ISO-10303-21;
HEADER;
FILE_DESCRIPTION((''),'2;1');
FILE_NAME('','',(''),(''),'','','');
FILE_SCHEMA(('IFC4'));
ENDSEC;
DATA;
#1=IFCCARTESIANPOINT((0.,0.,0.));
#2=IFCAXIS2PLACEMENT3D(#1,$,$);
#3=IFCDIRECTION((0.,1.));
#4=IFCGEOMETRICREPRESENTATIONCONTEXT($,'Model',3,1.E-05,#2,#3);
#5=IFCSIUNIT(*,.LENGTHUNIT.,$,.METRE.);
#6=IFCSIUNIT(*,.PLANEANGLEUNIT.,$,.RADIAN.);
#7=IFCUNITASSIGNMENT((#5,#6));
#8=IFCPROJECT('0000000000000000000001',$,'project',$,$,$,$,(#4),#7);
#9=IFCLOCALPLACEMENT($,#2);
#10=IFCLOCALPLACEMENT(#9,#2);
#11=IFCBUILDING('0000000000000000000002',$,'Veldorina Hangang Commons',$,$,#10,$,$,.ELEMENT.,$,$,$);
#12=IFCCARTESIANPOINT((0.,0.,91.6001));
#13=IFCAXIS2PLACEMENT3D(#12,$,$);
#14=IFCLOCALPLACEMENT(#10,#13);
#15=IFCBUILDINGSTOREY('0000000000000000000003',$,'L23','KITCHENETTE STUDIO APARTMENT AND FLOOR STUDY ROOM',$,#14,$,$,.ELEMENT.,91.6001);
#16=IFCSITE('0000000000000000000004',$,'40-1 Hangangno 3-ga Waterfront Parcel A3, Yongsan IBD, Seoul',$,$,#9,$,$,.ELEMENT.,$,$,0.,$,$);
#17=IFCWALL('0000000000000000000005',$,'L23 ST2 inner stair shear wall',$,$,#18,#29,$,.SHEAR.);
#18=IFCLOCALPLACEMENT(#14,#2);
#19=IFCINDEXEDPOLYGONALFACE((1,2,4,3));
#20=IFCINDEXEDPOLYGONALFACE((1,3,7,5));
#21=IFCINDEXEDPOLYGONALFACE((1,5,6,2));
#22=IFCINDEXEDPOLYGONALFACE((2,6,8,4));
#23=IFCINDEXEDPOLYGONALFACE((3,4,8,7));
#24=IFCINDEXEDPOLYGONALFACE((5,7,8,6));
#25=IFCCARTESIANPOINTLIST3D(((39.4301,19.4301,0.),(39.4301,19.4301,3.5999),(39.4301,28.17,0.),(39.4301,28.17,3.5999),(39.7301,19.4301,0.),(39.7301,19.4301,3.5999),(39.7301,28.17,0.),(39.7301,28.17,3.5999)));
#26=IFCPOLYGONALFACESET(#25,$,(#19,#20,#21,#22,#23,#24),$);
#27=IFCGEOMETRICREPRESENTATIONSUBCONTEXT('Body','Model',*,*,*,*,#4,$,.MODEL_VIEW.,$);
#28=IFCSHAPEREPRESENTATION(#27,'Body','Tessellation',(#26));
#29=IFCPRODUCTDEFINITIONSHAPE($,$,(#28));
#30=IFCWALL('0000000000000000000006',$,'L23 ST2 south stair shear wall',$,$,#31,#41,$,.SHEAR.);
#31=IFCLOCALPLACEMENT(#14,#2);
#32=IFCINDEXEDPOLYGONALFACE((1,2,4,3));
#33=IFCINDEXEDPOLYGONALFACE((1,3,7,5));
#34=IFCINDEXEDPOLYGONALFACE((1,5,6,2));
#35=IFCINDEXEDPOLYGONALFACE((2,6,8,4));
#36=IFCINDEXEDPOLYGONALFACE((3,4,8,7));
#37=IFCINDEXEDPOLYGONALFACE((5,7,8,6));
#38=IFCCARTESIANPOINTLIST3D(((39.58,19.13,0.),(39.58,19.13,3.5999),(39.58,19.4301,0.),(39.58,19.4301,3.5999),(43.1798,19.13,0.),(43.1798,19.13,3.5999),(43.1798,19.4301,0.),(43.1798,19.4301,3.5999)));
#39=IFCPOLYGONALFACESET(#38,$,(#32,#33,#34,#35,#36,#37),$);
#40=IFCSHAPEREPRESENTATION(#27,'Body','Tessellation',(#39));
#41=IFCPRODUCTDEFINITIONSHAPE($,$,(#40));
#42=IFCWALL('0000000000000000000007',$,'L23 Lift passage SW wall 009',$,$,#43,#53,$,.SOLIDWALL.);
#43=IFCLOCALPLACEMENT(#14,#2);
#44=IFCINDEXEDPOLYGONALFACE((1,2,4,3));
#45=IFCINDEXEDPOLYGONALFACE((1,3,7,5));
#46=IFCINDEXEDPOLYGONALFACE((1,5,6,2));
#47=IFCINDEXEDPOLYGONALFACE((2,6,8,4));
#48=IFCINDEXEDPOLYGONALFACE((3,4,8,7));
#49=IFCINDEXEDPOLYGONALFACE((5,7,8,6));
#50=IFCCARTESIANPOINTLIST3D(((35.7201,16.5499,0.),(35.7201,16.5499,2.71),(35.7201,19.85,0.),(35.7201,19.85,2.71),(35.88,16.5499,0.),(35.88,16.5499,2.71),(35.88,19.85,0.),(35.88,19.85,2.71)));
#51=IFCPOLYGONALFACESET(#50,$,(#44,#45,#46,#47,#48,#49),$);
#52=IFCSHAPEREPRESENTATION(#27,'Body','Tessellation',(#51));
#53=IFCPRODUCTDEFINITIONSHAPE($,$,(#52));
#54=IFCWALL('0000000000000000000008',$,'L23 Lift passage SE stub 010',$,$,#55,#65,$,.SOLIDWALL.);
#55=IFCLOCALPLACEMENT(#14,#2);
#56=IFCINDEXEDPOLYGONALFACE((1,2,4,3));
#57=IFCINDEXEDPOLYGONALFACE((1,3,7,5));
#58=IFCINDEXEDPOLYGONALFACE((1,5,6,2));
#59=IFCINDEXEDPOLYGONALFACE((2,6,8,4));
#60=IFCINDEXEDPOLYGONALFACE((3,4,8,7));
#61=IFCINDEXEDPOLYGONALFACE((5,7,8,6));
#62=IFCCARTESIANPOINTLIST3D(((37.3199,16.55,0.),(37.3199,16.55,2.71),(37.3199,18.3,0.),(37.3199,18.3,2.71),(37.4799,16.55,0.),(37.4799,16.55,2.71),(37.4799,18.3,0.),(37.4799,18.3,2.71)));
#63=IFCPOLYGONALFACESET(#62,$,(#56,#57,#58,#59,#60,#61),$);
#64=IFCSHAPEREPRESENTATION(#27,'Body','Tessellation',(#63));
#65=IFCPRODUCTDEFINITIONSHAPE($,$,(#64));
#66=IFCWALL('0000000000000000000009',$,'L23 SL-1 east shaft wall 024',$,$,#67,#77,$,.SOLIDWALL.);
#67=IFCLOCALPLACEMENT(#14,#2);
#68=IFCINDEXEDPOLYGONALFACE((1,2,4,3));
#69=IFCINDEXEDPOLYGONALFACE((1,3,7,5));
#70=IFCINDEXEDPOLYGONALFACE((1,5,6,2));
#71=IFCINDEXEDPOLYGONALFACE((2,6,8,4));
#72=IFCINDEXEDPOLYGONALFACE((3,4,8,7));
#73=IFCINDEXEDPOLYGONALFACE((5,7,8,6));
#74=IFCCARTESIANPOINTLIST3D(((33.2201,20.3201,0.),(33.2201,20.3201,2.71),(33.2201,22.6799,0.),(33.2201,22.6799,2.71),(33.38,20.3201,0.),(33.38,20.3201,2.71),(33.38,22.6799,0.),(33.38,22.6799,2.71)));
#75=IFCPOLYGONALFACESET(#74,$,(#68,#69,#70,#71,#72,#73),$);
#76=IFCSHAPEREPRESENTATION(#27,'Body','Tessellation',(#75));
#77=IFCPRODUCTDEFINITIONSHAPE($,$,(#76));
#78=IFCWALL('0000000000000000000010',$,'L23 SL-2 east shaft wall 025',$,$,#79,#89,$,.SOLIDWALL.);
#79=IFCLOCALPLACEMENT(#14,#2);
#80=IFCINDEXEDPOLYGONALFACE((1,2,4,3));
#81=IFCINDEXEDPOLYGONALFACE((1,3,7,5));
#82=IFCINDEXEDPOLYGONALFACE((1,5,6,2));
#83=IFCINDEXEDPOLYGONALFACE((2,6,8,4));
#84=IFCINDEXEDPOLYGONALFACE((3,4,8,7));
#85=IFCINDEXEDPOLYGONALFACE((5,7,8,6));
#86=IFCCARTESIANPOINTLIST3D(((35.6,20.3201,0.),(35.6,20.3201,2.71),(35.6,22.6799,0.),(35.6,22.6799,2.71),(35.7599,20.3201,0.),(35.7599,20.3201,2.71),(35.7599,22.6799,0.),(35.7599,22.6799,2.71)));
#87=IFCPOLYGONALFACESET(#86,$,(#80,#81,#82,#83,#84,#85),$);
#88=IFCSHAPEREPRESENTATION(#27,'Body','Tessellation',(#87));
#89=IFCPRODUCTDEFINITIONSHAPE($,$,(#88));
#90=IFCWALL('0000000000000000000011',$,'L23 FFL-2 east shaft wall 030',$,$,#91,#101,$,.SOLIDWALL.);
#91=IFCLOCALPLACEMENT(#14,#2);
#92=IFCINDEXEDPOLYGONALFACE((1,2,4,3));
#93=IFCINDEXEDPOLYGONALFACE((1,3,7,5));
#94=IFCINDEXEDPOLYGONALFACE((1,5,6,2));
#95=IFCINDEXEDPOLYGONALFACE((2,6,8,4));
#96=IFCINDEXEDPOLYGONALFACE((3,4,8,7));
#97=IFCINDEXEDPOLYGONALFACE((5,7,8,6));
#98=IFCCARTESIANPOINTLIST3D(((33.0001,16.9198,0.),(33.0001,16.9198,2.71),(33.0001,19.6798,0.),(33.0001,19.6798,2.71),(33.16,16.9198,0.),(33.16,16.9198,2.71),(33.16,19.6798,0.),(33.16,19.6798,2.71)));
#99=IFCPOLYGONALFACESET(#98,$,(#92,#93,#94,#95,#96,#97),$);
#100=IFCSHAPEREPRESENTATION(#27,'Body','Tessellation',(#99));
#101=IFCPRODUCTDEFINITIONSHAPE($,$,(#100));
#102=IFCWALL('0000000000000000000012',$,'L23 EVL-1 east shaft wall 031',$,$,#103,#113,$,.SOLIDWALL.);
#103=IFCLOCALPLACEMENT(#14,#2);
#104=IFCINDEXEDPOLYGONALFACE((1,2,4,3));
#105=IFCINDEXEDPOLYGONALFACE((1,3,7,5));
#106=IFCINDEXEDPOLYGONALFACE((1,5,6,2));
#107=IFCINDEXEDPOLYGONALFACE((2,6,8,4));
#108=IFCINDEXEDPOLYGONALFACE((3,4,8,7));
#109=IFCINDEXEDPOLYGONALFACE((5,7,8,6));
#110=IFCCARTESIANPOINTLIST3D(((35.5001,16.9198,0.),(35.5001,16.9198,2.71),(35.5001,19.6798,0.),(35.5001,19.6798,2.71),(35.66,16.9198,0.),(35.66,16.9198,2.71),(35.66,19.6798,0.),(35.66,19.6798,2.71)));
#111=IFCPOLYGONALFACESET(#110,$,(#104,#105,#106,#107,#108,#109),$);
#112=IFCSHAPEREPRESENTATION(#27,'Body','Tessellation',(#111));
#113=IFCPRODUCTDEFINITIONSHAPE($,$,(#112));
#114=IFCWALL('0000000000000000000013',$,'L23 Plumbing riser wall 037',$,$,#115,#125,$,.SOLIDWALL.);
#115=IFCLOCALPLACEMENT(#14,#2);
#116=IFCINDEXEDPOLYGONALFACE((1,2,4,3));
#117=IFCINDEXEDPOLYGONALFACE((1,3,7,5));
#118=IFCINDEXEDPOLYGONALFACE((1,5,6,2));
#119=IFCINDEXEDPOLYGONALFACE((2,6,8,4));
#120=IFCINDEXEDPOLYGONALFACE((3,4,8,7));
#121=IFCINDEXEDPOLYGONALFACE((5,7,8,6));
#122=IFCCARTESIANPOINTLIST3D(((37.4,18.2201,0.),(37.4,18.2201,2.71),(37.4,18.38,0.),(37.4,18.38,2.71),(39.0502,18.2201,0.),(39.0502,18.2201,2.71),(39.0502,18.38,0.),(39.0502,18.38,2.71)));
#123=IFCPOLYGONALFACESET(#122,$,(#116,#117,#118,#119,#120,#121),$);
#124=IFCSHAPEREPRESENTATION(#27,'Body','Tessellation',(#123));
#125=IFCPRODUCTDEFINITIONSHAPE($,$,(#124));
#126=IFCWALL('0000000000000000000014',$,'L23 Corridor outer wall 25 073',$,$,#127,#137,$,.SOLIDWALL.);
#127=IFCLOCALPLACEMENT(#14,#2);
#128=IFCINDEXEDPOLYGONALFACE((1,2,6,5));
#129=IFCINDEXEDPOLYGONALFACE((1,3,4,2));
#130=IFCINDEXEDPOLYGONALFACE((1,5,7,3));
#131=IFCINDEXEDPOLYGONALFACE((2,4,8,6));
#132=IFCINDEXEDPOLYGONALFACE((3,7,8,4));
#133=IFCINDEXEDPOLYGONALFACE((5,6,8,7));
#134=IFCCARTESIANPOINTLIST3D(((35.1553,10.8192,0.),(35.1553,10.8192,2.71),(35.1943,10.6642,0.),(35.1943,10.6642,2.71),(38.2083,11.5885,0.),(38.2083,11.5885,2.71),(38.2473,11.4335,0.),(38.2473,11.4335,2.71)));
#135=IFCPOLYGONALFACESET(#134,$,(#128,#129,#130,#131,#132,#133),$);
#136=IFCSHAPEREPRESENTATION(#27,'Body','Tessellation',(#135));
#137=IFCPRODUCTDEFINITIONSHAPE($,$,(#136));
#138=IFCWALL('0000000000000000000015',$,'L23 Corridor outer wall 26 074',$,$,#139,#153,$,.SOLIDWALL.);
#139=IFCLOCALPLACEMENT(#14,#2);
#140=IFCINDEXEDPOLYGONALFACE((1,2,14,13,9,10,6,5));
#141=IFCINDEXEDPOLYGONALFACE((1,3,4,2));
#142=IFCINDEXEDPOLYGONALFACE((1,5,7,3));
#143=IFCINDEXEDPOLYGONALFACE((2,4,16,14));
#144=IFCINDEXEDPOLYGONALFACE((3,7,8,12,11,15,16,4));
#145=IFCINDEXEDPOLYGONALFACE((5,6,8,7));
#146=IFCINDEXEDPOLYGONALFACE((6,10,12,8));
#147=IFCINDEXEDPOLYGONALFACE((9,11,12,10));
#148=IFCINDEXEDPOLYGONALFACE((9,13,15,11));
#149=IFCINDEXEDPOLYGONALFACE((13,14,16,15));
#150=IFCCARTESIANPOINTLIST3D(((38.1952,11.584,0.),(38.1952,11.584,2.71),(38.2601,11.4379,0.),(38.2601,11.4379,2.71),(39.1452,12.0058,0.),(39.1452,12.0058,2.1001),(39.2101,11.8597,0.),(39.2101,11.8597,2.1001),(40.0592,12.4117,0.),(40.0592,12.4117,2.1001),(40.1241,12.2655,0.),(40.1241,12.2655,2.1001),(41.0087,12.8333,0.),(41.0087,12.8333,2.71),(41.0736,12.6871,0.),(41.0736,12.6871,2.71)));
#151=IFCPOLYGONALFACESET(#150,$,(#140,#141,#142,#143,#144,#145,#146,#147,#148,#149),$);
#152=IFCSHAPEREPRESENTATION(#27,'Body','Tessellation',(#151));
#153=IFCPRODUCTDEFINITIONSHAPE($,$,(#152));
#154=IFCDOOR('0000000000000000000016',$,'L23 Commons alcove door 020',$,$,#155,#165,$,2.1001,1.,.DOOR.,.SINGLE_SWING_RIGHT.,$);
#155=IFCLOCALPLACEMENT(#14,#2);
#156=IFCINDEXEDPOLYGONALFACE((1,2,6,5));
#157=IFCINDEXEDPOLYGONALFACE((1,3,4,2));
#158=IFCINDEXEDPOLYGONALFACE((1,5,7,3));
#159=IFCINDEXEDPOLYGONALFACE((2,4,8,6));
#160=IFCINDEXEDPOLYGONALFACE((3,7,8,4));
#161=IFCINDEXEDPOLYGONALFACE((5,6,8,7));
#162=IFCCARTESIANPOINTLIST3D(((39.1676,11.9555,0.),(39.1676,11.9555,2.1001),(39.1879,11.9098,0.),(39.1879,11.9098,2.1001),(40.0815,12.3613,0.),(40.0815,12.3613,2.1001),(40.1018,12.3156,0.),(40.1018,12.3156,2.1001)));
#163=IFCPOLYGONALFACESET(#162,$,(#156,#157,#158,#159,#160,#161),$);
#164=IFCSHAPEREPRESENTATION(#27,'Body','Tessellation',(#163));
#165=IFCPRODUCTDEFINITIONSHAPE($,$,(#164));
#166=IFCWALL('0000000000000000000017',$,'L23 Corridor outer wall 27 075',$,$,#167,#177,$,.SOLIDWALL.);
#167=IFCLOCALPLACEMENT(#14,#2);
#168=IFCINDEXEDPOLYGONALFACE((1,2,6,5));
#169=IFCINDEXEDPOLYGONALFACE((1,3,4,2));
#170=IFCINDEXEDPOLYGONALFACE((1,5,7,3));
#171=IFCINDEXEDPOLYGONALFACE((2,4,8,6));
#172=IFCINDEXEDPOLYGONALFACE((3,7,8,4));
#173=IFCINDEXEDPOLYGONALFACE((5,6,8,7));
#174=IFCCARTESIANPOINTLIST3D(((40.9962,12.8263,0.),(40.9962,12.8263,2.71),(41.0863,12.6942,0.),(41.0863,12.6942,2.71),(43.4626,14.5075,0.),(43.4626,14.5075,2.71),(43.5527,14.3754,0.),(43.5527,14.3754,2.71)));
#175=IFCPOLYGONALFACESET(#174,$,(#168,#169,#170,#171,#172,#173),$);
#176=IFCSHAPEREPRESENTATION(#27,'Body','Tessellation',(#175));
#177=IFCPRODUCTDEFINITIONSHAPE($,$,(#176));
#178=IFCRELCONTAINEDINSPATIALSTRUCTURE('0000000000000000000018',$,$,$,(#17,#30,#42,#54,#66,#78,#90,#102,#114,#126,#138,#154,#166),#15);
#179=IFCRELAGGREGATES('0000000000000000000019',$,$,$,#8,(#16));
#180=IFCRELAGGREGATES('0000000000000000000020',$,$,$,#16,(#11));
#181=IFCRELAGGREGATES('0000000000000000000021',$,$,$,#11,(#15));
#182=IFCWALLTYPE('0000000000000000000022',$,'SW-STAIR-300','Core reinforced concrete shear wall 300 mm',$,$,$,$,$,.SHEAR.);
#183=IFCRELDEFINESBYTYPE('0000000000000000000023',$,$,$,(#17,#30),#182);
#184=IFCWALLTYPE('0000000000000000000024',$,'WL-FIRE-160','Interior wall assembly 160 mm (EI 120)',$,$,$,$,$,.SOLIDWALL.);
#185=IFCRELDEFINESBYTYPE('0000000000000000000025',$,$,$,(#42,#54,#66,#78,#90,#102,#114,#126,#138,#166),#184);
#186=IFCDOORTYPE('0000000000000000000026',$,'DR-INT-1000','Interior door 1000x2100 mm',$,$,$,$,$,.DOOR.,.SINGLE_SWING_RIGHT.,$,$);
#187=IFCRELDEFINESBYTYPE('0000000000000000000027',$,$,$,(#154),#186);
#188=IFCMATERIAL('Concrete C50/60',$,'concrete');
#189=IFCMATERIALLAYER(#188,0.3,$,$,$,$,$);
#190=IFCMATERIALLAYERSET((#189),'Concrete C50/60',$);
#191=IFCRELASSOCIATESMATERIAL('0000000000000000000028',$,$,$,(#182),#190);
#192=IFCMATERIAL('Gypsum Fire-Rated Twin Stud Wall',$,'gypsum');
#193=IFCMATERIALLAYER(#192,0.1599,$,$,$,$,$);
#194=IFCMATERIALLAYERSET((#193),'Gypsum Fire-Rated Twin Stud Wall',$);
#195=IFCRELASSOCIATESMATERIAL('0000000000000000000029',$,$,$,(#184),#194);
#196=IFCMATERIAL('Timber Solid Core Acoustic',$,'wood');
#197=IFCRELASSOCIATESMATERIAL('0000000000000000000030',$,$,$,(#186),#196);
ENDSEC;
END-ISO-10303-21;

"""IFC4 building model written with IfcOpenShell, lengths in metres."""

from ifc_helpers import new_model, si_unit, direction, frame, frame_2d, origin, place, context, subcontext, project, spatial, rectangle, extrude, material, layer, layer_set, type_object, element, fill, save


model = new_model("IFC4")

# Units and contexts
model_context = context("Model", 3, precision=1e-05, world=origin(), true_north=direction((0.0, 1.0)))
body_context = subcontext(model_context, "Body", "Model", "MODEL_VIEW")
ifc_project = project(units=[si_unit("LENGTHUNIT", "METRE"), si_unit("PLANEANGLEUNIT", "RADIAN")], contexts=[model_context])

# Site, building, storey
site_placement = place(None, origin())
site = spatial("IfcSite", under=ifc_project, at=site_placement, Name="40-1 Hangangno 3-ga Waterfront Parcel A3, Yongsan IBD, Seoul", CompositionType="ELEMENT", RefElevation=0.0)
building_placement = place(site_placement, origin())
building = spatial("IfcBuilding", under=site, at=building_placement, Name="Veldorina Hangang Commons", CompositionType="ELEMENT")
storey_placement = place(building_placement, frame((0.0, 0.0, 91.6001)))
storey = spatial("IfcBuildingStorey", under=building, at=storey_placement, Name="L23", Description="KITCHENETTE STUDIO APARTMENT AND FLOOR STUDY ROOM", CompositionType="ELEMENT", Elevation=91.6001)

# Walls
ifc_material_1 = material(Name="Concrete C50/60", Category="concrete")
ifc_layer_1 = layer(ifc_material_1, 0.3)
ifc_layer_set_1 = layer_set([ifc_layer_1], Name="Concrete C50/60")
wall_type_1 = type_object("IfcWallType", Name="SW-STAIR-300", Description="Core reinforced concrete shear wall 300 mm", PredefinedType="SHEAR", material=ifc_layer_set_1)
wall_1_placement = place(storey_placement, frame((39.5801, 19.4299, 0.0), z_axis=(0.0, 0.0, 1.0), x_axis=(0.0, 1.0, 0.0)))
element("IfcWall", 1, at=wall_1_placement, inside=storey, type_object=wall_type_1, Name="L23 ST2 inner stair shear wall", PredefinedType="SHEAR", context=body_context, shape_type="SweptSolid", body=[
    extrude(rectangle(XDim=8.74, YDim=0.3, at=frame_2d((4.3701, 0.0))), origin(), (0.0, 0.0, 1.0), 3.5999),
])
wall_2_placement = place(storey_placement, frame((39.5801, 19.28, 0.0), z_axis=(0.0, 0.0, 1.0), x_axis=(1.0, 0.0, 0.0)))
element("IfcWall", 2, at=wall_2_placement, inside=storey, type_object=wall_type_1, Name="L23 ST2 south stair shear wall", PredefinedType="SHEAR", context=body_context, shape_type="SweptSolid", body=[
    extrude(rectangle(XDim=3.5999, YDim=0.3, at=frame_2d((1.7998, 0.0))), origin(), (0.0, 0.0, 1.0), 3.5999),
])
ifc_material_2 = material(Name="Gypsum Fire-Rated Twin Stud Wall", Category="gypsum")
ifc_layer_2 = layer(ifc_material_2, 0.1599)
ifc_layer_set_2 = layer_set([ifc_layer_2], Name="Gypsum Fire-Rated Twin Stud Wall")
wall_type_2 = type_object("IfcWallType", Name="WL-FIRE-160", Description="Interior wall assembly 160 mm (EI 120)", PredefinedType="SOLIDWALL", material=ifc_layer_set_2)
wall_3_placement = place(storey_placement, frame((35.8, 16.55, 0.0), z_axis=(0.0, 0.0, 1.0), x_axis=(0.0, 1.0, 0.0)))
element("IfcWall", 3, at=wall_3_placement, inside=storey, type_object=wall_type_2, Name="L23 Lift passage SW wall 009", PredefinedType="SOLIDWALL", context=body_context, shape_type="SweptSolid", body=[
    extrude(rectangle(XDim=3.3, YDim=0.1599, at=frame_2d((1.6499, 0.0))), origin(), (0.0, 0.0, 1.0), 2.71),
])
wall_4_placement = place(storey_placement, frame((37.3999, 16.55, 0.0), z_axis=(0.0, 0.0, 1.0), x_axis=(0.0, 1.0, 0.0)))
element("IfcWall", 4, at=wall_4_placement, inside=storey, type_object=wall_type_2, Name="L23 Lift passage SE stub 010", PredefinedType="SOLIDWALL", context=body_context, shape_type="SweptSolid", body=[
    extrude(rectangle(XDim=1.75, YDim=0.1599, at=frame_2d((0.875, 0.0))), origin(), (0.0, 0.0, 1.0), 2.71),
])
for number, where, z_axis, x_axis, name in (
    (5, (33.3, 20.3201, 0.0), (0.0, 0.0, 1.0), (0.0, 1.0, 0.0), "L23 SL-1 east shaft wall 024"),
    (6, (35.6799, 20.3201, 0.0), (0.0, 0.0, 1.0), (0.0, 1.0, 0.0), "L23 SL-2 east shaft wall 025"),
):
    element("IfcWall", number, at=place(storey_placement, frame(where, z_axis=z_axis, x_axis=x_axis)), inside=storey, type_object=wall_type_2, Name=name, PredefinedType="SOLIDWALL", context=body_context, shape_type="SweptSolid", body=[
        extrude(rectangle(XDim=2.3599, YDim=0.1599, at=frame_2d((1.1799, 0.0))), origin(), (0.0, 0.0, 1.0), 2.71),
    ])
for number, where, z_axis, x_axis, name in (
    (7, (33.0801, 16.9199, 0.0), (0.0, 0.0, 1.0), (0.0, 1.0, 0.0), "L23 FFL-2 east shaft wall 030"),
    (8, (35.5801, 16.9199, 0.0), (0.0, 0.0, 1.0), (0.0, 1.0, 0.0), "L23 EVL-1 east shaft wall 031"),
):
    element("IfcWall", number, at=place(storey_placement, frame(where, z_axis=z_axis, x_axis=x_axis)), inside=storey, type_object=wall_type_2, Name=name, PredefinedType="SOLIDWALL", context=body_context, shape_type="SweptSolid", body=[
        extrude(rectangle(XDim=2.76, YDim=0.1599, at=frame_2d((1.3799, 0.0))), origin(), (0.0, 0.0, 1.0), 2.71),
    ])
wall_5_placement = place(storey_placement, frame((37.3999, 18.3, 0.0), z_axis=(0.0, 0.0, 1.0), x_axis=(1.0, 0.0, 0.0)))
element("IfcWall", 9, at=wall_5_placement, inside=storey, type_object=wall_type_2, Name="L23 Plumbing riser wall 037", PredefinedType="SOLIDWALL", context=body_context, shape_type="SweptSolid", body=[
    extrude(rectangle(XDim=1.6501, YDim=0.1599, at=frame_2d((0.8252, 0.0))), origin(), (0.0, 0.0, 1.0), 2.71),
])
wall_6_placement = place(storey_placement, frame((35.1748, 10.7417, 0.0), z_axis=(0.0, 0.0, 1.0), x_axis=(0.969689, 0.244342, 0.0)))
element("IfcWall", 10, at=wall_6_placement, inside=storey, type_object=wall_type_2, Name="L23 Corridor outer wall 25 073", PredefinedType="SOLIDWALL", context=body_context, shape_type="SweptSolid", body=[
    extrude(rectangle(XDim=3.1484, YDim=0.1599, at=frame_2d((1.5742, 0.0))), origin(), (0.0, 0.0, 1.0), 2.71),
])

# Wall, opening, door
wall_7_placement = place(storey_placement, frame((38.2278, 11.511, 0.0), z_axis=(0.0, 0.0, 1.0), x_axis=(0.913952, 0.405822, 0.0)))
wall_7 = element("IfcWall", 11, at=wall_7_placement, inside=storey, type_object=wall_type_2, Name="L23 Corridor outer wall 26 074", PredefinedType="SOLIDWALL", context=body_context, shape_type="SweptSolid", body=[
    extrude(rectangle(XDim=3.0784, YDim=0.1599, at=frame_2d((1.5391, 0.0))), origin(), (0.0, 0.0, 1.0), 2.71),
])
opening_1_placement = place(wall_7_placement, frame((1.0393, 0.0, 0.0)))
opening_1 = element("IfcOpeningElement", 12, at=opening_1_placement, cuts=wall_7, PredefinedType="OPENING", context=body_context, shape_type="SweptSolid", body=[
    extrude(rectangle(XDim=1.0, YDim=2.1001, at=frame_2d((0.5, 1.05))), frame((0.0, 0.0898, 0.0), z_axis=(0.0, -1.0, 0.0), x_axis=(1.0, 0.0, 0.0)), (0.0, 0.0, 1.0), 0.1799),
])
ifc_material_3 = material(Name="Timber Solid Core Acoustic", Category="wood")
door_type_1 = type_object("IfcDoorType", Name="DR-INT-1000", Description="Interior door 1000x2100 mm", OperationType="SINGLE_SWING_RIGHT", PredefinedType="DOOR", material=ifc_material_3)
door_1_placement = place(opening_1_placement, origin())
door_1 = element("IfcDoor", 13, at=door_1_placement, inside=storey, type_object=door_type_1, Name="L23 Commons alcove door 020", OperationType="SINGLE_SWING_RIGHT", OverallHeight=2.1001, OverallWidth=1.0, PredefinedType="DOOR", context=body_context, shape_type="SweptSolid", body=[
    extrude(rectangle(XDim=1.0, YDim=2.1001, at=frame_2d((0.5, 1.05))), frame((0.0, 0.0249, 0.0), z_axis=(0.0, -1.0, 0.0), x_axis=(1.0, 0.0, 0.0)), (0.0, 0.0, 1.0), 0.05),
])
fill(opening_1, door_1)

# Wall
wall_8_placement = place(storey_placement, frame((41.0413, 12.7603, 0.0), z_axis=(0.0, 0.0, 1.0), x_axis=(0.826293, 0.56324, 0.0)))
element("IfcWall", 14, at=wall_8_placement, inside=storey, type_object=wall_type_2, Name="L23 Corridor outer wall 27 075", PredefinedType="SOLIDWALL", context=body_context, shape_type="SweptSolid", body=[
    extrude(rectangle(XDim=2.9849, YDim=0.1599, at=frame_2d((1.4924, 0.0))), origin(), (0.0, 0.0, 1.0), 2.71),
])

save(model, "model.ifc")
